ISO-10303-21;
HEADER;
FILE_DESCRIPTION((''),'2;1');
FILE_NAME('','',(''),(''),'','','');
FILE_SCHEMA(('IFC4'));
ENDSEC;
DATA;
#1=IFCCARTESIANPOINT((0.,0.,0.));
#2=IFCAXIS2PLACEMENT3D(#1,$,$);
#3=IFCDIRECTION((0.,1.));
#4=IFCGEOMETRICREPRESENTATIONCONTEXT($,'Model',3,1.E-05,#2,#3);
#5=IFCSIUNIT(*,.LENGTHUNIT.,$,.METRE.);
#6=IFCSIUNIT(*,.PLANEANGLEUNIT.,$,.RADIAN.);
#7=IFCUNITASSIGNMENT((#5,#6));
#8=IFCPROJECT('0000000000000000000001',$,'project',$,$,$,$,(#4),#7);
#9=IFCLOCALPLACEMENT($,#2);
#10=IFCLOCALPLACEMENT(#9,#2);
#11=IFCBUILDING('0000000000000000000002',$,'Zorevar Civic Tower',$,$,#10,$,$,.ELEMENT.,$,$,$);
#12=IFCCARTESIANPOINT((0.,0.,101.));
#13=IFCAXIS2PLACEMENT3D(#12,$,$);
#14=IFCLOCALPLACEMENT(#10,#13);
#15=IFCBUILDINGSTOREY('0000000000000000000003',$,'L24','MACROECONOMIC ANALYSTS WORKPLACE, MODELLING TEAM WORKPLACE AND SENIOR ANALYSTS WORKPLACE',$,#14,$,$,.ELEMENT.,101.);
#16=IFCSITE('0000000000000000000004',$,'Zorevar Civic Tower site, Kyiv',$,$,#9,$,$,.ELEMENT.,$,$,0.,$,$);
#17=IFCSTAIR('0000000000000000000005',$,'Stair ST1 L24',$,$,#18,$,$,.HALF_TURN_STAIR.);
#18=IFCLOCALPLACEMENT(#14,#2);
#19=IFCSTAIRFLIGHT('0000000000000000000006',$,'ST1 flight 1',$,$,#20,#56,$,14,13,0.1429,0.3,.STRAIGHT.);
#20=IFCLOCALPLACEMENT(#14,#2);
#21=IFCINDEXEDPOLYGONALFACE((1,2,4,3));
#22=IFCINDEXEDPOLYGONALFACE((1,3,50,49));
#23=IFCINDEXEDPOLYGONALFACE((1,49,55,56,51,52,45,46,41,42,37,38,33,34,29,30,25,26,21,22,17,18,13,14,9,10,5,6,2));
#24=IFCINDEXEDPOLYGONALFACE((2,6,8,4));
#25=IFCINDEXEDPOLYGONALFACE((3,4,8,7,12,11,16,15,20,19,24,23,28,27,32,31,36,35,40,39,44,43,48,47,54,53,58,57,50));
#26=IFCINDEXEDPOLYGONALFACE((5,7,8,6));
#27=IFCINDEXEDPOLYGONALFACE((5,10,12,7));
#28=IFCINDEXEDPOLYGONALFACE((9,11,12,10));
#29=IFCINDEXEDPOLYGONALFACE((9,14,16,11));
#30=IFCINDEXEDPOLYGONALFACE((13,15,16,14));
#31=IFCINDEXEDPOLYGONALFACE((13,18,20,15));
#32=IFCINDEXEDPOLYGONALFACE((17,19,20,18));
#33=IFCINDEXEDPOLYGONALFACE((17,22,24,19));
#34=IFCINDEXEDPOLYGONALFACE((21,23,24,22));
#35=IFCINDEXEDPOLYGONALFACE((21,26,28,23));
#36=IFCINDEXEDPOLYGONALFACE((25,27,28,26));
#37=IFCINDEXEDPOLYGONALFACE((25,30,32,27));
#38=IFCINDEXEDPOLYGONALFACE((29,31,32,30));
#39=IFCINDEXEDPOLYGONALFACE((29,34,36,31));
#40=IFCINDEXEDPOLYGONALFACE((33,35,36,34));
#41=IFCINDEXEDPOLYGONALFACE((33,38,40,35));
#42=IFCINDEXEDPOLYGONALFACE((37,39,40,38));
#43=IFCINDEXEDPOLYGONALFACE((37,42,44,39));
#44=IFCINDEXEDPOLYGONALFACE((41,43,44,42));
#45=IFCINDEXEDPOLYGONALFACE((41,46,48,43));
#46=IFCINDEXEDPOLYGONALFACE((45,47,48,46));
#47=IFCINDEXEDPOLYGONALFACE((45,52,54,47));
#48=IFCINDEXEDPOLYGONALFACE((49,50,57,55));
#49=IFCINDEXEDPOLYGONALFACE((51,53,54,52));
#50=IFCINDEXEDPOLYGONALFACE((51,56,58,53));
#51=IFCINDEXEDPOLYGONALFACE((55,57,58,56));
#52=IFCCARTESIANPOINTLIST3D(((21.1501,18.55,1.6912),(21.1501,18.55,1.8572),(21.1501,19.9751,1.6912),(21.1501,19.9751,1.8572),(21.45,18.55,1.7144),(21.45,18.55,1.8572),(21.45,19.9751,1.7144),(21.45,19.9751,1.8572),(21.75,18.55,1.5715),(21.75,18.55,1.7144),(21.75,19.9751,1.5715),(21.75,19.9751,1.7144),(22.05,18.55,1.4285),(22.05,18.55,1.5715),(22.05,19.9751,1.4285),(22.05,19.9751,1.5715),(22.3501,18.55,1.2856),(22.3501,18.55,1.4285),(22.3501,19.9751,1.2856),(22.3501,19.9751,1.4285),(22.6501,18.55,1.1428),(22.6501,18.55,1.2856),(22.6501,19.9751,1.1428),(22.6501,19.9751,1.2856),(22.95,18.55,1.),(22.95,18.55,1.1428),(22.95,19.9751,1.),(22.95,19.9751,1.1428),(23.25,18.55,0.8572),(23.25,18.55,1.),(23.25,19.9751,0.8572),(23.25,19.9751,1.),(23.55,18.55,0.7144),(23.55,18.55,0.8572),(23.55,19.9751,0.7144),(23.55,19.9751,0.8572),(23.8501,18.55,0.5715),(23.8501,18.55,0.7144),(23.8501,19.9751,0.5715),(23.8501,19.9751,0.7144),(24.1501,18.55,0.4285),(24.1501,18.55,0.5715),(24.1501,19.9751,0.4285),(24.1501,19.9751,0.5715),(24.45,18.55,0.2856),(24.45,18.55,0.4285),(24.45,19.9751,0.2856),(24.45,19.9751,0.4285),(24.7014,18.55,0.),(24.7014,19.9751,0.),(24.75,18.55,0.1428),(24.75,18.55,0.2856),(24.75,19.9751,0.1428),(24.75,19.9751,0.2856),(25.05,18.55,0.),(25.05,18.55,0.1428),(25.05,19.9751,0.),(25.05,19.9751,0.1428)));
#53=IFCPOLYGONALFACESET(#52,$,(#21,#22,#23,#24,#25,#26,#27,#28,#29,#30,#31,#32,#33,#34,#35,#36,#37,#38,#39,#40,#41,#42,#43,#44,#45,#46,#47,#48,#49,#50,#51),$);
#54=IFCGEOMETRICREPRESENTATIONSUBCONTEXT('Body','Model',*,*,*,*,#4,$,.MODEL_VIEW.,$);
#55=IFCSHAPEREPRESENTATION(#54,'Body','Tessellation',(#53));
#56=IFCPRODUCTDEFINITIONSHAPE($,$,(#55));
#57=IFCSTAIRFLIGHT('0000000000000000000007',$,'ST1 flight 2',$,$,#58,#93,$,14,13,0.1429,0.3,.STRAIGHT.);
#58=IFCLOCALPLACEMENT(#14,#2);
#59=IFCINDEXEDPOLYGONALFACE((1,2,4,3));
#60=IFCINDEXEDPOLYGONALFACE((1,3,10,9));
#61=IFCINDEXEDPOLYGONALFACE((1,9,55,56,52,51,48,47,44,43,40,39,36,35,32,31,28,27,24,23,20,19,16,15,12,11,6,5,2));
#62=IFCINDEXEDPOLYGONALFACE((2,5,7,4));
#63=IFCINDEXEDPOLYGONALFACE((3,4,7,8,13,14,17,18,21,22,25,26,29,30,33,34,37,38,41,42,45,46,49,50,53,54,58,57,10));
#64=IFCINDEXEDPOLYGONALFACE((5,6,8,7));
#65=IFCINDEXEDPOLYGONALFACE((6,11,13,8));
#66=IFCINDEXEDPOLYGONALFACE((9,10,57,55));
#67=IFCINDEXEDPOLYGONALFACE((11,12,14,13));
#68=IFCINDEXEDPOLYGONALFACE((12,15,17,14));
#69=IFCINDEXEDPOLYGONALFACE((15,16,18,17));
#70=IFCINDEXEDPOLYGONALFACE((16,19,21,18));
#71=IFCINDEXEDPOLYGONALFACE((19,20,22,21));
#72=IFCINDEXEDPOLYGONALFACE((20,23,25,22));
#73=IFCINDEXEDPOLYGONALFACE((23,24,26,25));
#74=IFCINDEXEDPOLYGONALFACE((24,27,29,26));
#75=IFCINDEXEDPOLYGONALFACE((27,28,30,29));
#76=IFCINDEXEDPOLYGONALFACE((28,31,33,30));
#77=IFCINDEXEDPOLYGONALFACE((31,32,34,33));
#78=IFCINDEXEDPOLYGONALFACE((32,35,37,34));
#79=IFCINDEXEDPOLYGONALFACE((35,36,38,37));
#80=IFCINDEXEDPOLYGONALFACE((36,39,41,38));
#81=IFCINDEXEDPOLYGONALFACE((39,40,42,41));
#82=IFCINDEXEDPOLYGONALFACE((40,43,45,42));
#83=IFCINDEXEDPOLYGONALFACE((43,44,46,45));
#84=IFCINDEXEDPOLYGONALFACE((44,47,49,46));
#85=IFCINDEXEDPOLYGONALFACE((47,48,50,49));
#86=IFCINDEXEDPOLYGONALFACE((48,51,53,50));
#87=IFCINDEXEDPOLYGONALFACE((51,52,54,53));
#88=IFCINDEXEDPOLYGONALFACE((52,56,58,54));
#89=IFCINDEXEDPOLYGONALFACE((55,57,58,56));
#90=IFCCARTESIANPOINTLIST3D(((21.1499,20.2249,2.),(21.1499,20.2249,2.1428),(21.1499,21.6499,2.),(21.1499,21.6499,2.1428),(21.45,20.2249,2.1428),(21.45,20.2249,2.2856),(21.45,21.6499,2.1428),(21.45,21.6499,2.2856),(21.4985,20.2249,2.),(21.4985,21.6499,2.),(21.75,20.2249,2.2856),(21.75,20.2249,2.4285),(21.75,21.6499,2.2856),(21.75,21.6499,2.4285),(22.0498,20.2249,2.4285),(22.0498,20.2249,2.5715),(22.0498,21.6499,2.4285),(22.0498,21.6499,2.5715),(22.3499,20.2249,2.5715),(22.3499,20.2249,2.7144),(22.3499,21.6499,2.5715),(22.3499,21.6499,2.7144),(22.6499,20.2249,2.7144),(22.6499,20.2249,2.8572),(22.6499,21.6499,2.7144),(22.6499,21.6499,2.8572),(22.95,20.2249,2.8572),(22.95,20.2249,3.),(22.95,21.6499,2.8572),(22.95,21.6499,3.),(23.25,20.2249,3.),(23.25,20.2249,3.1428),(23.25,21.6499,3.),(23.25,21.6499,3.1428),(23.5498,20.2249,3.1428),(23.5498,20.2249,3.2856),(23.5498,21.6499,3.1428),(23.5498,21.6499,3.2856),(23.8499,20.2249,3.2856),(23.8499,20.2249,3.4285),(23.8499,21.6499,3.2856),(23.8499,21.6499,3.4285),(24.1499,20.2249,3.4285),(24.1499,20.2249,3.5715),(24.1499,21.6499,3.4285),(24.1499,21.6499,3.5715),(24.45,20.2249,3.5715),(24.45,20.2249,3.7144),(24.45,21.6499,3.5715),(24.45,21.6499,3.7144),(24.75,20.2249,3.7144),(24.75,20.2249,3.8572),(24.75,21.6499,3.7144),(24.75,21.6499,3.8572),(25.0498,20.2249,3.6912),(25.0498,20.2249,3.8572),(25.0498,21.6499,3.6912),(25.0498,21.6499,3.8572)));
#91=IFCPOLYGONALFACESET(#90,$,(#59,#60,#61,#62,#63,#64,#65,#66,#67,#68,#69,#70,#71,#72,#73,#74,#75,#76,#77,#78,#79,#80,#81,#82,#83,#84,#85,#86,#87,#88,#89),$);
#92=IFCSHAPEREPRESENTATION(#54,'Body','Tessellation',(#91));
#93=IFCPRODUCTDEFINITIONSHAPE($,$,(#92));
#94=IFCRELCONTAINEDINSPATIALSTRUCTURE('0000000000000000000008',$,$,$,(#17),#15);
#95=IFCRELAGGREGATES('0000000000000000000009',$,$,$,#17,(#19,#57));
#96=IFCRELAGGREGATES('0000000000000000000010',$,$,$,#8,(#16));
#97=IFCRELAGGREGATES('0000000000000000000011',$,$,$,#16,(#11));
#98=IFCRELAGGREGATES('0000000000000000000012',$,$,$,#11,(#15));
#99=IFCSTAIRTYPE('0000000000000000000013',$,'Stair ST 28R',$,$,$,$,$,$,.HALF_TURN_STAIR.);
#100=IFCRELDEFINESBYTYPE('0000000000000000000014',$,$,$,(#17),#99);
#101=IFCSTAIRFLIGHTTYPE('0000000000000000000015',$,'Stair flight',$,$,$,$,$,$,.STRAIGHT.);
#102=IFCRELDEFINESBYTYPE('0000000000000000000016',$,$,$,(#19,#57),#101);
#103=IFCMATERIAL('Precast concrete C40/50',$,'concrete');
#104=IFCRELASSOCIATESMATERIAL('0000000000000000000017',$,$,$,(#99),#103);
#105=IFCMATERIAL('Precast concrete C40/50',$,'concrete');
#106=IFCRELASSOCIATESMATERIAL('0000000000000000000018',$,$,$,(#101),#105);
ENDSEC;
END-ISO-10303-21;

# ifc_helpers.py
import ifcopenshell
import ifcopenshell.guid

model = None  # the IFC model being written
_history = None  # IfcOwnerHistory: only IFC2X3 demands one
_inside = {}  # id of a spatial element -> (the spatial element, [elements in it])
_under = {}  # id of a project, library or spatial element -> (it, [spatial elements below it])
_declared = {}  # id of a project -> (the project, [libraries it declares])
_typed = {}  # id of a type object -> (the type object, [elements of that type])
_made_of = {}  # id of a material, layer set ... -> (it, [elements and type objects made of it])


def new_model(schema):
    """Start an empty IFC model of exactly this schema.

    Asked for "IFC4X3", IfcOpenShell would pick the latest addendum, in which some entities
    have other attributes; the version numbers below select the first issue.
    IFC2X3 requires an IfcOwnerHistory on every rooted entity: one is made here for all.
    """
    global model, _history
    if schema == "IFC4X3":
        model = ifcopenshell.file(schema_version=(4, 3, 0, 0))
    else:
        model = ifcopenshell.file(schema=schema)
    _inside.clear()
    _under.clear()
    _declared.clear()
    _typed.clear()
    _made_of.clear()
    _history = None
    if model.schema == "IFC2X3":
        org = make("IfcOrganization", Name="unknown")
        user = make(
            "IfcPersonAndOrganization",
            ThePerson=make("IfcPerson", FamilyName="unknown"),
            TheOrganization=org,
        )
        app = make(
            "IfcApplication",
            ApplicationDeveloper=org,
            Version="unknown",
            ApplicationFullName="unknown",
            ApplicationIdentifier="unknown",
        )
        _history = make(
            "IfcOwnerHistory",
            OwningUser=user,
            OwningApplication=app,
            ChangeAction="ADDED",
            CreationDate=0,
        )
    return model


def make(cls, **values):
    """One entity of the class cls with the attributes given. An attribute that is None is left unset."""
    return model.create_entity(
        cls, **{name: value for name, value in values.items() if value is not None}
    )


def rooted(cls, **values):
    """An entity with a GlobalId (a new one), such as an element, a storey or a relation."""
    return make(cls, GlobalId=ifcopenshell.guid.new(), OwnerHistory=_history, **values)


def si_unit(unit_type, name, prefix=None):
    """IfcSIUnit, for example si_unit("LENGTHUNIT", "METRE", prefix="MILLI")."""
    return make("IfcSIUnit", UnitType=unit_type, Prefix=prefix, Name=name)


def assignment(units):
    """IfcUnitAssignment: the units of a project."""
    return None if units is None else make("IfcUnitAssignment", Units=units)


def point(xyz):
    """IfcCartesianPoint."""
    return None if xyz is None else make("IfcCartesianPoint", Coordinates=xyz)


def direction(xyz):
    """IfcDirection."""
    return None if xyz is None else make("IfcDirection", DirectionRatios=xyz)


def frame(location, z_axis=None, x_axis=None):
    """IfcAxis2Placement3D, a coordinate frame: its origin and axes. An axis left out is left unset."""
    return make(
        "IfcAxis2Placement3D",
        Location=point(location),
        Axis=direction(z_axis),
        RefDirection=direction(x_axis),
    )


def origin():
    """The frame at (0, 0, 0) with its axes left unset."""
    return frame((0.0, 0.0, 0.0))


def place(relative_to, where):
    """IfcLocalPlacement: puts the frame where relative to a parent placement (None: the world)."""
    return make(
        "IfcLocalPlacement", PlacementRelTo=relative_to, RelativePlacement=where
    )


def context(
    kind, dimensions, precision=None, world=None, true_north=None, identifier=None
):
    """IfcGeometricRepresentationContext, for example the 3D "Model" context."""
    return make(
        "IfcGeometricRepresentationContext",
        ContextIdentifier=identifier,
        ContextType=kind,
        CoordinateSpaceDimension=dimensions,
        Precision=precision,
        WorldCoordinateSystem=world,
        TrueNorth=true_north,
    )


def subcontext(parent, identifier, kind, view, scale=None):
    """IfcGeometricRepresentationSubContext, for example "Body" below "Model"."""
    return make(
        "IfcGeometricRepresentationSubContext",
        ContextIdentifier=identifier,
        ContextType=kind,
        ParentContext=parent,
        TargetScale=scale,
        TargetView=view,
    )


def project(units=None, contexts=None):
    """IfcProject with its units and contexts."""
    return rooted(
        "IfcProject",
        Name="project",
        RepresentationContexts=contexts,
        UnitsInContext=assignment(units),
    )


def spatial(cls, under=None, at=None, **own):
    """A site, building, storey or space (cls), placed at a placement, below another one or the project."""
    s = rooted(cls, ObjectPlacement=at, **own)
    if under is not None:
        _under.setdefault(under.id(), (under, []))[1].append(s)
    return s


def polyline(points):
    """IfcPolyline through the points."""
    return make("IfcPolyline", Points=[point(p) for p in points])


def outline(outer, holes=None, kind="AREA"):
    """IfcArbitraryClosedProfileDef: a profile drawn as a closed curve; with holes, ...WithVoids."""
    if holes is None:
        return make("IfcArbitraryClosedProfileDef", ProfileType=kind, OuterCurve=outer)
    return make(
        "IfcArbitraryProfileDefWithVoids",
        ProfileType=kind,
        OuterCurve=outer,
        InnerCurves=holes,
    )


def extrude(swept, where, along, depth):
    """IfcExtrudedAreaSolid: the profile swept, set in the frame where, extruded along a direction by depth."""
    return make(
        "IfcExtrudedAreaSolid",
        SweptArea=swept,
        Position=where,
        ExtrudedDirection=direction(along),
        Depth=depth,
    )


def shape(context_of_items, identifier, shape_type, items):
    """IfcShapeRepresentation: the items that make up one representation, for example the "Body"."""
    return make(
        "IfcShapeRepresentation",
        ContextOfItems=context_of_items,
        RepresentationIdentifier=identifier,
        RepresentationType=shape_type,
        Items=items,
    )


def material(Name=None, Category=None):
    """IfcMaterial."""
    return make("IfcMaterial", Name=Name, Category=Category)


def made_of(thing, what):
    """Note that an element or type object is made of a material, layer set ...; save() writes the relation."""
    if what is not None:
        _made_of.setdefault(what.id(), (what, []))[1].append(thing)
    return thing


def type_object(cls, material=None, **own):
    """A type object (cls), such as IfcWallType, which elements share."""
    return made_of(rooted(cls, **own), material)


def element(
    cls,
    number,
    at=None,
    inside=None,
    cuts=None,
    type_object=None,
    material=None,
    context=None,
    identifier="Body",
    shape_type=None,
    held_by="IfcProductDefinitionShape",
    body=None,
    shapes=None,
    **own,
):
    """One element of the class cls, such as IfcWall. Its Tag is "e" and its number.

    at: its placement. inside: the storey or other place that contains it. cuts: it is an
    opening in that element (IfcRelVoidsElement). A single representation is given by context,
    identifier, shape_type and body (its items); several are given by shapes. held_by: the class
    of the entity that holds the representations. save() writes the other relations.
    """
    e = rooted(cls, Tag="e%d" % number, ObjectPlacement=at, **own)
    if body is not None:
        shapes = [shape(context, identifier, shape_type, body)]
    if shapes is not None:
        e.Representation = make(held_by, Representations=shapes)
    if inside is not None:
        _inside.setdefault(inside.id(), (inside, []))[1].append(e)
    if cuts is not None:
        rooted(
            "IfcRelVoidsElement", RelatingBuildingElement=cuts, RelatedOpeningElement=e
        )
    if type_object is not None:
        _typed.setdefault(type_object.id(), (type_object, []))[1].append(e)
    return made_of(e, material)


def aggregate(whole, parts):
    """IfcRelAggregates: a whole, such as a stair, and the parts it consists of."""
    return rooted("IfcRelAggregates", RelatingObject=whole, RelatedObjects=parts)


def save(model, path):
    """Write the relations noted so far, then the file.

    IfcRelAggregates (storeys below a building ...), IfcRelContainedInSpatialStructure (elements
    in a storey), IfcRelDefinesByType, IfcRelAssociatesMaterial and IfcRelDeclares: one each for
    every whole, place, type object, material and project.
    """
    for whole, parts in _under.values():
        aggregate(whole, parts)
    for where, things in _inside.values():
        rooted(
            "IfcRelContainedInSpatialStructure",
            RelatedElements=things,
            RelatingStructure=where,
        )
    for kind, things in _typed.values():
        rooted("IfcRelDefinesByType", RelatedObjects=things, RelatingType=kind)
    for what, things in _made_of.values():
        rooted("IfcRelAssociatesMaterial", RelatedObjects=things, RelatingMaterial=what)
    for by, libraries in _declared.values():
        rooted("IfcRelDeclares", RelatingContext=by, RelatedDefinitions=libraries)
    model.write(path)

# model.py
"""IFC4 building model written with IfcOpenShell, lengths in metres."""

from ifc_helpers import new_model, si_unit, direction, frame, origin, place, context, subcontext, project, spatial, polyline, outline, extrude, material, type_object, element, aggregate, save


model = new_model("IFC4")

# Units and contexts
model_context = context("Model", 3, precision=1e-05, world=origin(), true_north=direction((0.0, 1.0)))
body_context = subcontext(model_context, "Body", "Model", "MODEL_VIEW")
ifc_project = project(units=[si_unit("LENGTHUNIT", "METRE"), si_unit("PLANEANGLEUNIT", "RADIAN")], contexts=[model_context])

# Site, building, storey
site_placement = place(None, origin())
site = spatial("IfcSite", under=ifc_project, at=site_placement, Name="Zorevar Civic Tower site, Kyiv", CompositionType="ELEMENT", RefElevation=0.0)
building_placement = place(site_placement, origin())
building = spatial("IfcBuilding", under=site, at=building_placement, Name="Zorevar Civic Tower", CompositionType="ELEMENT")
storey_placement = place(building_placement, frame((0.0, 0.0, 101.0)))
storey = spatial("IfcBuildingStorey", under=building, at=storey_placement, Name="L24", Description="MACROECONOMIC ANALYSTS WORKPLACE, MODELLING TEAM WORKPLACE AND SENIOR ANALYSTS WORKPLACE", CompositionType="ELEMENT", Elevation=101.0)

# Stair, stair flights
ifc_material_1 = material(Name="Precast concrete C40/50", Category="concrete")
stair_type = type_object("IfcStairType", Name="Stair ST 28R", PredefinedType="HALF_TURN_STAIR", material=ifc_material_1)
stair_placement = place(storey_placement, origin())
stair = element("IfcStair", 1, at=stair_placement, inside=storey, type_object=stair_type, Name="Stair ST1 L24", PredefinedType="HALF_TURN_STAIR")
ifc_material_2 = material(Name="Precast concrete C40/50", Category="concrete")
stair_flight_type = type_object("IfcStairFlightType", Name="Stair flight", PredefinedType="STRAIGHT", material=ifc_material_2)
stair_flight_1_placement = place(storey_placement, frame((25.05, 19.2625, 0.0), z_axis=(0.0, 0.0, 1.0), x_axis=(-1.0, 0.0, 0.0)))
stair_flight_1 = element("IfcStairFlight", 2, at=stair_flight_1_placement, type_object=stair_flight_type, Name="ST1 flight 1", NumberOfRisers=14, NumberOfTreads=13, PredefinedType="STRAIGHT", RiserHeight=0.1429, TreadLength=0.3, context=body_context, shape_type="SweptSolid", body=[
    extrude(outline(polyline([(0.0, 0.0), (0.0, 0.1428), (0.3, 0.1428), (0.3, 0.2856), (0.6001, 0.2856), (0.6001, 0.4285), (0.8999, 0.4285), (0.8999, 0.5715), (1.2, 0.5715), (1.2, 0.7144), (1.5, 0.7144), (1.5, 0.8572), (1.8, 0.8572), (1.8, 1.0), (2.1001, 1.0), (2.1001, 1.1428), (2.3999, 1.1428), (2.3999, 1.2856), (2.7, 1.2856), (2.7, 1.4285), (3.0, 1.4285), (3.0, 1.5715), (3.3, 1.5715), (3.3, 1.7144), (3.6001, 1.7144), (3.6001, 1.8572), (3.8999, 1.8572), (3.8999, 2.0), (3.8999, 1.6912), (0.3486, 0.0), (0.0, 0.0)])), frame((0.0, 0.7124, 0.0), z_axis=(0.0, -1.0, 0.0), x_axis=(1.0, 0.0, 0.0)), (0.0, 0.0, 1.0), 1.425),
])
stair_flight_2_placement = place(storey_placement, frame((21.1499, 20.9375, 2.0), z_axis=(0.0, 0.0, 1.0), x_axis=(1.0, 0.0, 0.0)))
stair_flight_2 = element("IfcStairFlight", 3, at=stair_flight_2_placement, type_object=stair_flight_type, Name="ST1 flight 2", NumberOfRisers=14, NumberOfTreads=13, PredefinedType="STRAIGHT", RiserHeight=0.1429, TreadLength=0.3, context=body_context, shape_type="SweptSolid", body=[
    extrude(outline(polyline([(0.0, 0.0), (0.0, 0.1428), (0.3, 0.1428), (0.3, 0.2856), (0.6001, 0.2856), (0.6001, 0.4285), (0.8999, 0.4285), (0.8999, 0.5715), (1.2, 0.5715), (1.2, 0.7144), (1.5, 0.7144), (1.5, 0.8572), (1.8, 0.8572), (1.8, 1.0), (2.1001, 1.0), (2.1001, 1.1428), (2.3999, 1.1428), (2.3999, 1.2856), (2.7, 1.2856), (2.7, 1.4285), (3.0, 1.4285), (3.0, 1.5715), (3.3, 1.5715), (3.3, 1.7144), (3.6001, 1.7144), (3.6001, 1.8572), (3.8999, 1.8572), (3.8999, 2.0), (3.8999, 1.6912), (0.3486, 0.0), (0.0, 0.0)])), frame((0.0, 0.7124, 0.0), z_axis=(0.0, -1.0, 0.0), x_axis=(1.0, 0.0, 0.0)), (0.0, 0.0, 1.0), 1.425),
])
aggregate(stair, [stair_flight_1, stair_flight_2])

save(model, "model.ifc")
